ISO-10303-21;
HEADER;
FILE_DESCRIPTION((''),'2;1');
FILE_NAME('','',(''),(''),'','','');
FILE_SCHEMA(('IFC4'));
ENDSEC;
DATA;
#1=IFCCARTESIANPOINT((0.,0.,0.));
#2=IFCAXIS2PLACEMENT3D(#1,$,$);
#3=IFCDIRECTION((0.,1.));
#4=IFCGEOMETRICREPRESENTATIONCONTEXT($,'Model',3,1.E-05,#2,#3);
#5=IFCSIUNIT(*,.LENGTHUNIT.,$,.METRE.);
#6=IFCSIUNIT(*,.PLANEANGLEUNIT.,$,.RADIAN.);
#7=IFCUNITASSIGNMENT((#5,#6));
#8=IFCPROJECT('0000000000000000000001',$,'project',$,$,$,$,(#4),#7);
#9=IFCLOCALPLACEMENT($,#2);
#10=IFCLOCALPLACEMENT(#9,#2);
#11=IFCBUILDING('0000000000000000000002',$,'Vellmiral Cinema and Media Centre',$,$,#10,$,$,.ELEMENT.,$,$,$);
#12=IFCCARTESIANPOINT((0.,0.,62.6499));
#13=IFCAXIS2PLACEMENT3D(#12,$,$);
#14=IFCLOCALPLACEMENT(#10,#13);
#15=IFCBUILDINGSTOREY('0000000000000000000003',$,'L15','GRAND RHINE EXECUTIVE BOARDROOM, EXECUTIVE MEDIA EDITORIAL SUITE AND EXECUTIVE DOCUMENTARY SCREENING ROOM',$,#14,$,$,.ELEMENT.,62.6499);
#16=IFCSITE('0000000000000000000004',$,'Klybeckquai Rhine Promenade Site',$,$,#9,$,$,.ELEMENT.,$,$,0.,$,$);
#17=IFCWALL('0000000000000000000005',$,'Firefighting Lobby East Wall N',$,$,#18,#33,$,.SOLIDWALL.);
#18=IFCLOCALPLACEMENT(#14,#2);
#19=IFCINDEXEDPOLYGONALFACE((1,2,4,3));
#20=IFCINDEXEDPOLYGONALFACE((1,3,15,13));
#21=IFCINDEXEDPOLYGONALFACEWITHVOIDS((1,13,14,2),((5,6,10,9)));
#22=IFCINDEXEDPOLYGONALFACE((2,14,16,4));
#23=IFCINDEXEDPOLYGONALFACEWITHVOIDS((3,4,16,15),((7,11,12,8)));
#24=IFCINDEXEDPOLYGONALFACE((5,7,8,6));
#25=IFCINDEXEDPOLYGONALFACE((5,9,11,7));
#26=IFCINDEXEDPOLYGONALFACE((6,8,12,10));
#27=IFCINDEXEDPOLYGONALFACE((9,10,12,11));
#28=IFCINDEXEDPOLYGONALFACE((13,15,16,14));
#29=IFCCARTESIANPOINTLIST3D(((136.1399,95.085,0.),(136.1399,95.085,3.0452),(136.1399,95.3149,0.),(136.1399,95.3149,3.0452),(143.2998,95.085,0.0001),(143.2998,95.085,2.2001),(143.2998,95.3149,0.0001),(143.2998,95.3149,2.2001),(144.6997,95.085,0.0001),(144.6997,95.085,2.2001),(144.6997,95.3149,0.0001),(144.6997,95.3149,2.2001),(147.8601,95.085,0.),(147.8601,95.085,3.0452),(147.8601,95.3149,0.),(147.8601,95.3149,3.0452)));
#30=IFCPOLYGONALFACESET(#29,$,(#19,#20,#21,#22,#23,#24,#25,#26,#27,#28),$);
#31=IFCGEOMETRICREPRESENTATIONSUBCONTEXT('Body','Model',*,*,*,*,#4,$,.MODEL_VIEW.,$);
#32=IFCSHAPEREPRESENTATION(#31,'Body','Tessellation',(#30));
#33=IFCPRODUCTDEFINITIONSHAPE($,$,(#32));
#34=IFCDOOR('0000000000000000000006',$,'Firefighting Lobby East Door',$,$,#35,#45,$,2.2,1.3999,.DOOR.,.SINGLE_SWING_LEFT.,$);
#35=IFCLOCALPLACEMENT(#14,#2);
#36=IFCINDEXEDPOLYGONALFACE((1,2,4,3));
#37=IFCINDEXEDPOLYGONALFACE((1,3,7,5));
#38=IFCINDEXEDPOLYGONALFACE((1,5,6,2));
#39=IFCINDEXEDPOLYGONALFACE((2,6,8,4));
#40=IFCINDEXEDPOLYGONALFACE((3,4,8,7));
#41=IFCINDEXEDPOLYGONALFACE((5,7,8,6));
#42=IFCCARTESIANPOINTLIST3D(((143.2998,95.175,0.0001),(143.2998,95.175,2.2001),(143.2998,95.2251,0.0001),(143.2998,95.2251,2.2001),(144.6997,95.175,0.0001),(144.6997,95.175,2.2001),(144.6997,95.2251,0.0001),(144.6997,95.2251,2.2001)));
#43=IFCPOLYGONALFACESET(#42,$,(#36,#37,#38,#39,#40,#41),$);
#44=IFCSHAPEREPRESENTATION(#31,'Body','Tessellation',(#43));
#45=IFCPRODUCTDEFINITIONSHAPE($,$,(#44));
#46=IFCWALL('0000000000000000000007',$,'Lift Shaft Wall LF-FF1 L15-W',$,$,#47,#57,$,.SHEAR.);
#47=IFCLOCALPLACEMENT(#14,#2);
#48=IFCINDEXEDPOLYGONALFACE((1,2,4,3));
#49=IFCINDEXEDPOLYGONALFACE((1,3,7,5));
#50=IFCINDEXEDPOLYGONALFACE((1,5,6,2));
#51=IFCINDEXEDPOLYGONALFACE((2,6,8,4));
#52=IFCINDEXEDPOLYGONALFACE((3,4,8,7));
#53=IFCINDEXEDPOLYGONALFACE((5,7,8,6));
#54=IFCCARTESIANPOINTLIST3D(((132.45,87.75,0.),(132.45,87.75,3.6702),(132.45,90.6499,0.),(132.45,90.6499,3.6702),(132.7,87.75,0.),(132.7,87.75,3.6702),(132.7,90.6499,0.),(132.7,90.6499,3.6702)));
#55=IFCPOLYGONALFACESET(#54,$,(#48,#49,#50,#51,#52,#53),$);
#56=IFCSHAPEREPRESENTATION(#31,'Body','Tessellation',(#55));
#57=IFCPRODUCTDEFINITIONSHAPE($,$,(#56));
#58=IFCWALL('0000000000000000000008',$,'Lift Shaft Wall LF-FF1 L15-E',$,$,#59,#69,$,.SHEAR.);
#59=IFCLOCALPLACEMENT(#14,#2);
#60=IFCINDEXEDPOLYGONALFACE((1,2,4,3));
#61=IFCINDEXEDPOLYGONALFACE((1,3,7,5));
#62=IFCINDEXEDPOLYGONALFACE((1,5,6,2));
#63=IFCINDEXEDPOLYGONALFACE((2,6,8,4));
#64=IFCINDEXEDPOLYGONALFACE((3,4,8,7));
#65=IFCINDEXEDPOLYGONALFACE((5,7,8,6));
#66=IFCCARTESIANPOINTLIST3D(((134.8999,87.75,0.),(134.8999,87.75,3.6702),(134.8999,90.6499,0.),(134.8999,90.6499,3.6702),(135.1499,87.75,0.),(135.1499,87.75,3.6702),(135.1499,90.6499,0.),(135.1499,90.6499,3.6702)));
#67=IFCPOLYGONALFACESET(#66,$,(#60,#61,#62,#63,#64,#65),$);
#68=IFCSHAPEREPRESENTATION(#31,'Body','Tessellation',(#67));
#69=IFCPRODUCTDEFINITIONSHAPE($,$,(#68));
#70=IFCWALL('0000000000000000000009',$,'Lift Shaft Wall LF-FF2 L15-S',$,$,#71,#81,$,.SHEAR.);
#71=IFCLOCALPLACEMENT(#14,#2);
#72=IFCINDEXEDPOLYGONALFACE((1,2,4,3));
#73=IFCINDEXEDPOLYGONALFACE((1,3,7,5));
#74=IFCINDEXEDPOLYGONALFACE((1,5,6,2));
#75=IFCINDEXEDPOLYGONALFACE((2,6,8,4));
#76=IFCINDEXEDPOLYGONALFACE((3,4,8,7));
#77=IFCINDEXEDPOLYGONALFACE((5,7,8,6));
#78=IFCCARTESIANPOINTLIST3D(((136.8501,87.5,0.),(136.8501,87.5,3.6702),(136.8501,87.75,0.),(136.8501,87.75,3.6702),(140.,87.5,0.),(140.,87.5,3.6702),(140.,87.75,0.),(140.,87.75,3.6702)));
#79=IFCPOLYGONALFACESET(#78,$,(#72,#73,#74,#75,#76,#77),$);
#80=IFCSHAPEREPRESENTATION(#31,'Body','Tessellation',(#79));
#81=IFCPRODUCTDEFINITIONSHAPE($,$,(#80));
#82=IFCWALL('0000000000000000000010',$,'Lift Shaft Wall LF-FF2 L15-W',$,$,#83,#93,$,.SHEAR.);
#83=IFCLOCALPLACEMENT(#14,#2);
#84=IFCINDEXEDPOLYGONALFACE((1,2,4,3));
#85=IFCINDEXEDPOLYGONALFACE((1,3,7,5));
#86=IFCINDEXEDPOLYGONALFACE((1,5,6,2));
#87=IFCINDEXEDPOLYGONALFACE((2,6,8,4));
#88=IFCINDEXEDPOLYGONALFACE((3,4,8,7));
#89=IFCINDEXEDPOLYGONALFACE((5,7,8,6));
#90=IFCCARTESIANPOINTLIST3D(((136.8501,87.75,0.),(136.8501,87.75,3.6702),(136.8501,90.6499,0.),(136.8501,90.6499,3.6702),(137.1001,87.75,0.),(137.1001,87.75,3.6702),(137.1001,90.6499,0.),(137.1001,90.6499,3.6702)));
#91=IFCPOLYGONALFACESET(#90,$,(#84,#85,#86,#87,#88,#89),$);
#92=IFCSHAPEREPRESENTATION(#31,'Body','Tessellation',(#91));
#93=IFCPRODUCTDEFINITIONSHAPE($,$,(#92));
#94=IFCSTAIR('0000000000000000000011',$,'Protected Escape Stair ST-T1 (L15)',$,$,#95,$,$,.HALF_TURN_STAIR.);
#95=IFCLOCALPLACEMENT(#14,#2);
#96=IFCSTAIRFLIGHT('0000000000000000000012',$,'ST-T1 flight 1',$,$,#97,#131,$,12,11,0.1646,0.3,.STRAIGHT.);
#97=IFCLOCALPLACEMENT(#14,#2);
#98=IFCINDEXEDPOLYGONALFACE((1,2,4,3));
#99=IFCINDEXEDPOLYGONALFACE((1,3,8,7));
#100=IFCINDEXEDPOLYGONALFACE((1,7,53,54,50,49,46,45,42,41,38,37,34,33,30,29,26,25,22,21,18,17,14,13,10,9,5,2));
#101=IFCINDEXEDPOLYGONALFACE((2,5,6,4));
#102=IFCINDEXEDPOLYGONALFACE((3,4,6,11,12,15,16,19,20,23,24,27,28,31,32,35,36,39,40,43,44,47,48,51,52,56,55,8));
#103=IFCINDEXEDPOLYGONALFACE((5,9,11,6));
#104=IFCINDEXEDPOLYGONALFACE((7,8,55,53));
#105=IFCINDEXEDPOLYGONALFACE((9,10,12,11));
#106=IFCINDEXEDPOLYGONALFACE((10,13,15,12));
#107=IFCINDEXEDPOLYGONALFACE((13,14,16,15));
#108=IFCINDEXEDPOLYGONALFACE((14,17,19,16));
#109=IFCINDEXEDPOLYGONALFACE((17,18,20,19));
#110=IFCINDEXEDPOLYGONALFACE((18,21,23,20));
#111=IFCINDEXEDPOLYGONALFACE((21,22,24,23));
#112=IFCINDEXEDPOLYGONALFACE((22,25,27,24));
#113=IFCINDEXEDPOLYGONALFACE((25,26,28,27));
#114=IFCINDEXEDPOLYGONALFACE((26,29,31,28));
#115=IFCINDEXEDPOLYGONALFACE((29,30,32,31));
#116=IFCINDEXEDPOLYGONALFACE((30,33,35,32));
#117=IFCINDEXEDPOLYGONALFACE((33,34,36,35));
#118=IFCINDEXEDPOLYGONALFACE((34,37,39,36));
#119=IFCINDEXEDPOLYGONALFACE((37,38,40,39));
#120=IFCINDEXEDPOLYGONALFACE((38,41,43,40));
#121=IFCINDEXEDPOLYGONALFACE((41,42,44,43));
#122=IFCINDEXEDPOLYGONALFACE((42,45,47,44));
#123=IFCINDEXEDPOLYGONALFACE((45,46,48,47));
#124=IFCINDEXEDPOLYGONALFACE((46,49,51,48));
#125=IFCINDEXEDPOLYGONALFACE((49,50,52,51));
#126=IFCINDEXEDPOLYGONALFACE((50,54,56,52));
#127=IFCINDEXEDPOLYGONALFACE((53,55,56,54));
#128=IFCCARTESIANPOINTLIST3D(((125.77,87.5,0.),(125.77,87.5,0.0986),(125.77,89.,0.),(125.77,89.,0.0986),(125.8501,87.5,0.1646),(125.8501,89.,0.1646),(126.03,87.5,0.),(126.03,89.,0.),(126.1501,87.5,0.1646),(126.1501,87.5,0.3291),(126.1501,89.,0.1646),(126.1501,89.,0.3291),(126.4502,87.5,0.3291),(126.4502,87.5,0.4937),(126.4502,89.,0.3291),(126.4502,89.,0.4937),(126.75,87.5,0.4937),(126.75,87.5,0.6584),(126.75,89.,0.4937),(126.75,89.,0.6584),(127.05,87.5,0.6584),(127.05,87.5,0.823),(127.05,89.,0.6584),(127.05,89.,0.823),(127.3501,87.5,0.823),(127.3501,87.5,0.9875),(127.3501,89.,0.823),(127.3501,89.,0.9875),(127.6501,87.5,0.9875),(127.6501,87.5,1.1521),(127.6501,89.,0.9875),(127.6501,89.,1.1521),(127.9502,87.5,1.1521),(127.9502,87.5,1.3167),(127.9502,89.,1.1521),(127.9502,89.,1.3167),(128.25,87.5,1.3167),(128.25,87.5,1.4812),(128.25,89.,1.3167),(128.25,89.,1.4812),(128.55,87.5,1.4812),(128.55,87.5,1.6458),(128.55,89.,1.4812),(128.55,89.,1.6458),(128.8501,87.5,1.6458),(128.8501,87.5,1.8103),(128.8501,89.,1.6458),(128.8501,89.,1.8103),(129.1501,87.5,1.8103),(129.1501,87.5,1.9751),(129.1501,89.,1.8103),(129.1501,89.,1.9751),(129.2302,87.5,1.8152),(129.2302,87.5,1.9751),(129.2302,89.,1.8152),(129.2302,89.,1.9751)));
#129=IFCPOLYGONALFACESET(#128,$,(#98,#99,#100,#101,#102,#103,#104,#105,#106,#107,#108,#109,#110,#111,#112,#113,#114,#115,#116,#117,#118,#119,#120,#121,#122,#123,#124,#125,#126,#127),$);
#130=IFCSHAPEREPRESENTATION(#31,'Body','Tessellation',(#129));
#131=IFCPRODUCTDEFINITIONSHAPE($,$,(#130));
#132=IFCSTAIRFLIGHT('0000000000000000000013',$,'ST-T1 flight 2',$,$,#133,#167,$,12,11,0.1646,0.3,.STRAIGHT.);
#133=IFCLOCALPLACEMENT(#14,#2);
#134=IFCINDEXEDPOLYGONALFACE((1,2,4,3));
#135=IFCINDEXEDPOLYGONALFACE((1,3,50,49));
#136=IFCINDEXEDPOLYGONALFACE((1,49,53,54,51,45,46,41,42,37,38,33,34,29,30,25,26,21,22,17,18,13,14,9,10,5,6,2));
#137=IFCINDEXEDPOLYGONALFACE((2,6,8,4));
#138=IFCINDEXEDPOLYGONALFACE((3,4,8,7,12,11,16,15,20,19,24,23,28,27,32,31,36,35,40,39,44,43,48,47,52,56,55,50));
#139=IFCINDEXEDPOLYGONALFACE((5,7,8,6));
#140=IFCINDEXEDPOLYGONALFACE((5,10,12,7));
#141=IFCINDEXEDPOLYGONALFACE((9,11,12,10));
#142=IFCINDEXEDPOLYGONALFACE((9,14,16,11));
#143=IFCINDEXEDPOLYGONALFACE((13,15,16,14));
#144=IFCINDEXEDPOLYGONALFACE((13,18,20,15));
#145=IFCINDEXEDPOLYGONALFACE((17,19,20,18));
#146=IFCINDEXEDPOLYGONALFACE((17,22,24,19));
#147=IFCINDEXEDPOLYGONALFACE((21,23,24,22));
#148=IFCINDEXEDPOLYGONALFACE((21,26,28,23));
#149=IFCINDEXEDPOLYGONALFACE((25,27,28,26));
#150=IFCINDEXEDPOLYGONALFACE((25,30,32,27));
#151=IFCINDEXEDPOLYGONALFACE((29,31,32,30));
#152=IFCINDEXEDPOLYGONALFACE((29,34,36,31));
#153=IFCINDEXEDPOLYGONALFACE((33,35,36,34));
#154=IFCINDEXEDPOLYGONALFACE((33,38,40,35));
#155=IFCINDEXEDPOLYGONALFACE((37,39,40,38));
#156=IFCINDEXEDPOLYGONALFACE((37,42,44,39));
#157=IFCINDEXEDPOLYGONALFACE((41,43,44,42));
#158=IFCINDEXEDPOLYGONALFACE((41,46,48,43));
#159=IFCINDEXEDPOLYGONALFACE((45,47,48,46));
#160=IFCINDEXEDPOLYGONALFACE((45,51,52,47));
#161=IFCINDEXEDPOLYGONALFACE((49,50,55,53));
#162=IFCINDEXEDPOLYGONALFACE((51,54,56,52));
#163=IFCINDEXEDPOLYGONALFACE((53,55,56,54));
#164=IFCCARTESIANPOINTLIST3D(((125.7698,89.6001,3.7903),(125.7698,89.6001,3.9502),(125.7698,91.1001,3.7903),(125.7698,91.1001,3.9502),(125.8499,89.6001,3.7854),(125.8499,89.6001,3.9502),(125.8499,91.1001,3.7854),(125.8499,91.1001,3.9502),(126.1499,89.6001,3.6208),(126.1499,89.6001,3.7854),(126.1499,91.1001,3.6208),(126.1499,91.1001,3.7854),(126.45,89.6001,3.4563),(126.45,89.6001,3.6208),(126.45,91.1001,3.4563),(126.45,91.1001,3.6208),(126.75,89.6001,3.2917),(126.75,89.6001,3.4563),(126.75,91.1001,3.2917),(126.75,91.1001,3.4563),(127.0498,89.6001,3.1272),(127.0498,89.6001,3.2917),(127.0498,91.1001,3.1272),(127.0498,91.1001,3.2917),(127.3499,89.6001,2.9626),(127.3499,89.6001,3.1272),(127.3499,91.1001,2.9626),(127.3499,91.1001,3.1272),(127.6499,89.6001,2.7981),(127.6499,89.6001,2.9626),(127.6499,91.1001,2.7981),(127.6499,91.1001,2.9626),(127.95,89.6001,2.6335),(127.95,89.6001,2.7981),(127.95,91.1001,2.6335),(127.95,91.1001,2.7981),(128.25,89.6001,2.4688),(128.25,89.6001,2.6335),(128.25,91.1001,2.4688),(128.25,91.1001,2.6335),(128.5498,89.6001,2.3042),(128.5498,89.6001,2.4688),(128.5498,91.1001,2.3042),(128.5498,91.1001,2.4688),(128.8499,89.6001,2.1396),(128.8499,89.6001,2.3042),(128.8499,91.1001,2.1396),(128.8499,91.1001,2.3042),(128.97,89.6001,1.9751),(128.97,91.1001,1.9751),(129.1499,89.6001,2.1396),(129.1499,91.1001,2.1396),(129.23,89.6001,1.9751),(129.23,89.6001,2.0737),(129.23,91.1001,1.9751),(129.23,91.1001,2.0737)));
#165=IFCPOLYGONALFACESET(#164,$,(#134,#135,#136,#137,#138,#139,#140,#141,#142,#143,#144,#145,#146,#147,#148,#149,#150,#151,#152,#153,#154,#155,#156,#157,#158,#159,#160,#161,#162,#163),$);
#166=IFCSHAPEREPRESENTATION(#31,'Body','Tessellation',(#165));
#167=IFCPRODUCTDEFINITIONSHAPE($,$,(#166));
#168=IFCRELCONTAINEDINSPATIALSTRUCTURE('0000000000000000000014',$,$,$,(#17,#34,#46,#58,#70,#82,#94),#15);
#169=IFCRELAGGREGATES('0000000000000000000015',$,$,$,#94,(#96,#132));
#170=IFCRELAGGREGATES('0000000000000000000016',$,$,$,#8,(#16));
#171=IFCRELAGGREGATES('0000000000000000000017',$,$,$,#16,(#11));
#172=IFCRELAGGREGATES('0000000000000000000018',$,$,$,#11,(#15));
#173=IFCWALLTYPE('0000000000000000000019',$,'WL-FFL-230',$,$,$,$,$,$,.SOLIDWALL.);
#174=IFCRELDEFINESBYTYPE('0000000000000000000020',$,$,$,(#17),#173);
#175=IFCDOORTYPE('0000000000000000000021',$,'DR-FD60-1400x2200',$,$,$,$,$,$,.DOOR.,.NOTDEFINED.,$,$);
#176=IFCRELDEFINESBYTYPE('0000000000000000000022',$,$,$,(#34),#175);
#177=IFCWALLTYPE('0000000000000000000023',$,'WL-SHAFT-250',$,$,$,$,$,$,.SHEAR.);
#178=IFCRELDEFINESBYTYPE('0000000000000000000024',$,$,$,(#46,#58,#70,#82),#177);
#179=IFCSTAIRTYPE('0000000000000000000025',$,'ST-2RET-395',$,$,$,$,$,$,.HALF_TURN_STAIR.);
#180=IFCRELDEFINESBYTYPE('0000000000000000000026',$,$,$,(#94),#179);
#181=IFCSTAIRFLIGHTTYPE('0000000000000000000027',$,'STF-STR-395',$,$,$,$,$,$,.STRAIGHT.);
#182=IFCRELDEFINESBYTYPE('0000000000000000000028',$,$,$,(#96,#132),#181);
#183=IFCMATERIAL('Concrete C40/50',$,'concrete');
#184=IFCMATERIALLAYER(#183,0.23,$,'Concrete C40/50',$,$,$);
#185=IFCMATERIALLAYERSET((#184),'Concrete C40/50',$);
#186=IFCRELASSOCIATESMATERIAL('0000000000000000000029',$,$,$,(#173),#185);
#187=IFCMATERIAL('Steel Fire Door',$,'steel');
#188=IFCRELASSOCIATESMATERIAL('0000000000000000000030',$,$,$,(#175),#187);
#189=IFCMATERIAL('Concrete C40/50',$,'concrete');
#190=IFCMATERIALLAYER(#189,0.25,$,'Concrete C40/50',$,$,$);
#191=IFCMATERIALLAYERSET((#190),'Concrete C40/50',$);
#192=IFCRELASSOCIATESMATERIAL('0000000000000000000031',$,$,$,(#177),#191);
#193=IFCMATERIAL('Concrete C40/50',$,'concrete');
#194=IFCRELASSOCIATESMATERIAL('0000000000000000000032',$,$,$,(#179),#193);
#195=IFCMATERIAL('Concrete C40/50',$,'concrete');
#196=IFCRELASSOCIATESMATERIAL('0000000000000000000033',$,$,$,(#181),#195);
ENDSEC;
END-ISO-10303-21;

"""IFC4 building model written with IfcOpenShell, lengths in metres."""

from ifc_helpers import new_model, si_unit, direction, frame, frame_2d, origin, place, context, subcontext, project, spatial, polyline, rectangle, outline, extrude, material, layer, layer_set, type_object, element, fill, aggregate, save


model = new_model("IFC4")

# Units and contexts
model_context = context("Model", 3, precision=1e-05, world=origin(), true_north=direction((0.0, 1.0)))
body_context = subcontext(model_context, "Body", "Model", "MODEL_VIEW")
ifc_project = project(units=[si_unit("LENGTHUNIT", "METRE"), si_unit("PLANEANGLEUNIT", "RADIAN")], contexts=[model_context])

# Site, building, storey
site_placement = place(None, origin())
site = spatial("IfcSite", under=ifc_project, at=site_placement, Name="Klybeckquai Rhine Promenade Site", CompositionType="ELEMENT", RefElevation=0.0)
building_placement = place(site_placement, origin())
building = spatial("IfcBuilding", under=site, at=building_placement, Name="Vellmiral Cinema and Media Centre", CompositionType="ELEMENT")
storey_placement = place(building_placement, frame((0.0, 0.0, 62.6499)))
storey = spatial("IfcBuildingStorey", under=building, at=storey_placement, Name="L15", Description="GRAND RHINE EXECUTIVE BOARDROOM, EXECUTIVE MEDIA EDITORIAL SUITE AND EXECUTIVE DOCUMENTARY SCREENING ROOM", CompositionType="ELEMENT", Elevation=62.6499)

# Shared definitions
ifc_material_1 = material(Name="Concrete C40/50", Category="concrete")
ifc_layer_1 = layer(ifc_material_1, 0.23, Name="Concrete C40/50")
ifc_layer_set_1 = layer_set([ifc_layer_1], Name="Concrete C40/50")
wall_type_1 = type_object("IfcWallType", Name="WL-FFL-230", PredefinedType="SOLIDWALL", material=ifc_layer_set_1)

# Shared definitions
ifc_material_2 = material(Name="Steel Fire Door", Category="steel")
door_type_1 = type_object("IfcDoorType", Name="DR-FD60-1400x2200", OperationType="NOTDEFINED", PredefinedType="DOOR", material=ifc_material_2)

# Wall, opening, door
wall_1_placement = place(storey_placement, frame((136.1399, 95.2, 0.0), z_axis=(0.0, 0.0, 1.0), x_axis=(1.0, 0.0, 0.0)))
wall_1 = element("IfcWall", 1, at=wall_1_placement, inside=storey, type_object=wall_type_1, Name="Firefighting Lobby East Wall N", PredefinedType="SOLIDWALL", context=body_context, shape_type="SweptSolid", body=[
    extrude(rectangle(XDim=11.7202, YDim=0.23, at=frame_2d((5.8601, 0.0))), origin(), (0.0, 0.0, 1.0), 3.0452),
])
opening_1_placement = place(wall_1_placement, frame((7.1599, 0.0, 0.0)))
opening_1 = element("IfcOpeningElement", 2, at=opening_1_placement, cuts=wall_1, PredefinedType="OPENING", context=body_context, shape_type="SweptSolid", body=[
    extrude(rectangle(XDim=1.3999, YDim=2.2, at=frame_2d((0.7, 1.1001))), frame((0.0, 0.127, 0.0), z_axis=(0.0, -1.0, 0.0), x_axis=(1.0, 0.0, 0.0)), (0.0, 0.0, 1.0), 0.2539),
])
door_1_placement = place(opening_1_placement, frame((1.3999, 0.0, 0.0), z_axis=(0.0, 0.0, 1.0), x_axis=(-1.0, 0.0, 0.0)))
door_1 = element("IfcDoor", 3, at=door_1_placement, inside=storey, type_object=door_type_1, Name="Firefighting Lobby East Door", OperationType="SINGLE_SWING_LEFT", OverallHeight=2.2, OverallWidth=1.3999, PredefinedType="DOOR", context=body_context, shape_type="SweptSolid", body=[
    extrude(rectangle(XDim=1.3999, YDim=2.2, at=frame_2d((0.7, 1.1001))), frame((0.0, 0.0249, 0.0), z_axis=(0.0, -1.0, 0.0), x_axis=(1.0, 0.0, 0.0)), (0.0, 0.0, 1.0), 0.05),
])
fill(opening_1, door_1)
ifc_material_3 = material(Name="Concrete C40/50", Category="concrete")
ifc_layer_2 = layer(ifc_material_3, 0.25, Name="Concrete C40/50")
ifc_layer_set_2 = layer_set([ifc_layer_2], Name="Concrete C40/50")
wall_type_2 = type_object("IfcWallType", Name="WL-SHAFT-250", PredefinedType="SHEAR", material=ifc_layer_set_2)

# Walls
for number, where, z_axis, x_axis, name in (
    (4, (132.575, 87.75, 0.0), (0.0, 0.0, 1.0), (0.0, 1.0, 0.0), "Lift Shaft Wall LF-FF1 L15-W"),
    (5, (135.0249, 87.75, 0.0), (0.0, 0.0, 1.0), (0.0, 1.0, 0.0), "Lift Shaft Wall LF-FF1 L15-E"),
):
    element("IfcWall", number, at=place(storey_placement, frame(where, z_axis=z_axis, x_axis=x_axis)), inside=storey, type_object=wall_type_2, Name=name, PredefinedType="SHEAR", context=body_context, shape_type="SweptSolid", body=[
        extrude(rectangle(XDim=2.8999, YDim=0.25, at=frame_2d((1.45, 0.0))), origin(), (0.0, 0.0, 1.0), 3.6702),
    ])
wall_2_placement = place(storey_placement, frame((136.8501, 87.625, 0.0), z_axis=(0.0, 0.0, 1.0), x_axis=(1.0, 0.0, 0.0)))
element("IfcWall", 6, at=wall_2_placement, inside=storey, type_object=wall_type_2, Name="Lift Shaft Wall LF-FF2 L15-S", PredefinedType="SHEAR", context=body_context, shape_type="SweptSolid", body=[
    extrude(rectangle(XDim=3.1499, YDim=0.25, at=frame_2d((1.575, 0.0))), origin(), (0.0, 0.0, 1.0), 3.6702),
])

# Wall
wall_3_placement = place(storey_placement, frame((136.9751, 87.75, 0.0), z_axis=(0.0, 0.0, 1.0), x_axis=(0.0, 1.0, 0.0)))
element("IfcWall", 7, at=wall_3_placement, inside=storey, type_object=wall_type_2, Name="Lift Shaft Wall LF-FF2 L15-W", PredefinedType="SHEAR", context=body_context, shape_type="SweptSolid", body=[
    extrude(rectangle(XDim=2.8999, YDim=0.25, at=frame_2d((1.45, 0.0))), origin(), (0.0, 0.0, 1.0), 3.6702),
])

# Stair, stair flights
ifc_material_4 = material(Name="Concrete C40/50", Category="concrete")
stair_type = type_object("IfcStairType", Name="ST-2RET-395", PredefinedType="HALF_TURN_STAIR", material=ifc_material_4)
stair_placement = place(storey_placement, origin())
stair = element("IfcStair", 8, at=stair_placement, inside=storey, type_object=stair_type, Name="Protected Escape Stair ST-T1 (L15)", PredefinedType="HALF_TURN_STAIR")
ifc_material_5 = material(Name="Concrete C40/50", Category="concrete")
stair_flight_type = type_object("IfcStairFlightType", Name="STF-STR-395", PredefinedType="STRAIGHT", material=ifc_material_5)
stair_flight_1_placement = place(storey_placement, frame((125.8501, 88.25, 0.0), z_axis=(0.0, 0.0, 1.0), x_axis=(1.0, 0.0, 0.0)))
stair_flight_1 = element("IfcStairFlight", 9, at=stair_flight_1_placement, type_object=stair_flight_type, Name="ST-T1 flight 1", NumberOfRisers=12, NumberOfTreads=11, PredefinedType="STRAIGHT", RiserHeight=0.1646, TreadLength=0.3, context=body_context, shape_type="SweptSolid", body=[
    extrude(outline(polyline([(-0.0801, 0.0), (-0.0801, 0.0986), (0.0, 0.1646), (0.3, 0.1646), (0.3, 0.3291), (0.6001, 0.3291), (0.6001, 0.4937), (0.8999, 0.4937), (0.8999, 0.6584), (1.2, 0.6584), (1.2, 0.823), (1.5, 0.823), (1.5, 0.9875), (1.8, 0.9875), (1.8, 1.1521), (2.1001, 1.1521), (2.1001, 1.3167), (2.3999, 1.3167), (2.3999, 1.4812), (2.7, 1.4812), (2.7, 1.6458), (3.0, 1.6458), (3.0, 1.8103), (3.3, 1.8103), (3.3, 1.9751), (3.3801, 1.9751), (3.3801, 1.8152), (0.1799, 0.0), (-0.0801, 0.0)])), frame((0.0, 0.75, 0.0), z_axis=(0.0, -1.0, 0.0), x_axis=(1.0, 0.0, 0.0)), (0.0, 0.0, 1.0), 1.5),
])
stair_flight_2_placement = place(storey_placement, frame((129.1499, 90.3501, 1.9751), z_axis=(0.0, 0.0, 1.0), x_axis=(-1.0, 0.0, 0.0)))
stair_flight_2 = element("IfcStairFlight", 10, at=stair_flight_2_placement, type_object=stair_flight_type, Name="ST-T1 flight 2", NumberOfRisers=12, NumberOfTreads=11, PredefinedType="STRAIGHT", RiserHeight=0.1646, TreadLength=0.3, context=body_context, shape_type="SweptSolid", body=[
    extrude(outline(polyline([(-0.0801, 0.0), (-0.0801, 0.0986), (0.0, 0.1646), (0.3, 0.1646), (0.3, 0.3291), (0.6001, 0.3291), (0.6001, 0.4937), (0.8999, 0.4937), (0.8999, 0.6584), (1.2, 0.6584), (1.2, 0.823), (1.5, 0.823), (1.5, 0.9875), (1.8, 0.9875), (1.8, 1.1521), (2.1001, 1.1521), (2.1001, 1.3167), (2.3999, 1.3167), (2.3999, 1.4812), (2.7, 1.4812), (2.7, 1.6458), (3.0, 1.6458), (3.0, 1.8103), (3.3, 1.8103), (3.3, 1.9751), (3.3801, 1.9751), (3.3801, 1.8152), (0.1799, 0.0), (-0.0801, 0.0)])), frame((0.0, 0.75, 0.0), z_axis=(0.0, -1.0, 0.0), x_axis=(1.0, 0.0, 0.0)), (0.0, 0.0, 1.0), 1.5),
])
aggregate(stair, [stair_flight_1, stair_flight_2])

save(model, "model.ifc")
